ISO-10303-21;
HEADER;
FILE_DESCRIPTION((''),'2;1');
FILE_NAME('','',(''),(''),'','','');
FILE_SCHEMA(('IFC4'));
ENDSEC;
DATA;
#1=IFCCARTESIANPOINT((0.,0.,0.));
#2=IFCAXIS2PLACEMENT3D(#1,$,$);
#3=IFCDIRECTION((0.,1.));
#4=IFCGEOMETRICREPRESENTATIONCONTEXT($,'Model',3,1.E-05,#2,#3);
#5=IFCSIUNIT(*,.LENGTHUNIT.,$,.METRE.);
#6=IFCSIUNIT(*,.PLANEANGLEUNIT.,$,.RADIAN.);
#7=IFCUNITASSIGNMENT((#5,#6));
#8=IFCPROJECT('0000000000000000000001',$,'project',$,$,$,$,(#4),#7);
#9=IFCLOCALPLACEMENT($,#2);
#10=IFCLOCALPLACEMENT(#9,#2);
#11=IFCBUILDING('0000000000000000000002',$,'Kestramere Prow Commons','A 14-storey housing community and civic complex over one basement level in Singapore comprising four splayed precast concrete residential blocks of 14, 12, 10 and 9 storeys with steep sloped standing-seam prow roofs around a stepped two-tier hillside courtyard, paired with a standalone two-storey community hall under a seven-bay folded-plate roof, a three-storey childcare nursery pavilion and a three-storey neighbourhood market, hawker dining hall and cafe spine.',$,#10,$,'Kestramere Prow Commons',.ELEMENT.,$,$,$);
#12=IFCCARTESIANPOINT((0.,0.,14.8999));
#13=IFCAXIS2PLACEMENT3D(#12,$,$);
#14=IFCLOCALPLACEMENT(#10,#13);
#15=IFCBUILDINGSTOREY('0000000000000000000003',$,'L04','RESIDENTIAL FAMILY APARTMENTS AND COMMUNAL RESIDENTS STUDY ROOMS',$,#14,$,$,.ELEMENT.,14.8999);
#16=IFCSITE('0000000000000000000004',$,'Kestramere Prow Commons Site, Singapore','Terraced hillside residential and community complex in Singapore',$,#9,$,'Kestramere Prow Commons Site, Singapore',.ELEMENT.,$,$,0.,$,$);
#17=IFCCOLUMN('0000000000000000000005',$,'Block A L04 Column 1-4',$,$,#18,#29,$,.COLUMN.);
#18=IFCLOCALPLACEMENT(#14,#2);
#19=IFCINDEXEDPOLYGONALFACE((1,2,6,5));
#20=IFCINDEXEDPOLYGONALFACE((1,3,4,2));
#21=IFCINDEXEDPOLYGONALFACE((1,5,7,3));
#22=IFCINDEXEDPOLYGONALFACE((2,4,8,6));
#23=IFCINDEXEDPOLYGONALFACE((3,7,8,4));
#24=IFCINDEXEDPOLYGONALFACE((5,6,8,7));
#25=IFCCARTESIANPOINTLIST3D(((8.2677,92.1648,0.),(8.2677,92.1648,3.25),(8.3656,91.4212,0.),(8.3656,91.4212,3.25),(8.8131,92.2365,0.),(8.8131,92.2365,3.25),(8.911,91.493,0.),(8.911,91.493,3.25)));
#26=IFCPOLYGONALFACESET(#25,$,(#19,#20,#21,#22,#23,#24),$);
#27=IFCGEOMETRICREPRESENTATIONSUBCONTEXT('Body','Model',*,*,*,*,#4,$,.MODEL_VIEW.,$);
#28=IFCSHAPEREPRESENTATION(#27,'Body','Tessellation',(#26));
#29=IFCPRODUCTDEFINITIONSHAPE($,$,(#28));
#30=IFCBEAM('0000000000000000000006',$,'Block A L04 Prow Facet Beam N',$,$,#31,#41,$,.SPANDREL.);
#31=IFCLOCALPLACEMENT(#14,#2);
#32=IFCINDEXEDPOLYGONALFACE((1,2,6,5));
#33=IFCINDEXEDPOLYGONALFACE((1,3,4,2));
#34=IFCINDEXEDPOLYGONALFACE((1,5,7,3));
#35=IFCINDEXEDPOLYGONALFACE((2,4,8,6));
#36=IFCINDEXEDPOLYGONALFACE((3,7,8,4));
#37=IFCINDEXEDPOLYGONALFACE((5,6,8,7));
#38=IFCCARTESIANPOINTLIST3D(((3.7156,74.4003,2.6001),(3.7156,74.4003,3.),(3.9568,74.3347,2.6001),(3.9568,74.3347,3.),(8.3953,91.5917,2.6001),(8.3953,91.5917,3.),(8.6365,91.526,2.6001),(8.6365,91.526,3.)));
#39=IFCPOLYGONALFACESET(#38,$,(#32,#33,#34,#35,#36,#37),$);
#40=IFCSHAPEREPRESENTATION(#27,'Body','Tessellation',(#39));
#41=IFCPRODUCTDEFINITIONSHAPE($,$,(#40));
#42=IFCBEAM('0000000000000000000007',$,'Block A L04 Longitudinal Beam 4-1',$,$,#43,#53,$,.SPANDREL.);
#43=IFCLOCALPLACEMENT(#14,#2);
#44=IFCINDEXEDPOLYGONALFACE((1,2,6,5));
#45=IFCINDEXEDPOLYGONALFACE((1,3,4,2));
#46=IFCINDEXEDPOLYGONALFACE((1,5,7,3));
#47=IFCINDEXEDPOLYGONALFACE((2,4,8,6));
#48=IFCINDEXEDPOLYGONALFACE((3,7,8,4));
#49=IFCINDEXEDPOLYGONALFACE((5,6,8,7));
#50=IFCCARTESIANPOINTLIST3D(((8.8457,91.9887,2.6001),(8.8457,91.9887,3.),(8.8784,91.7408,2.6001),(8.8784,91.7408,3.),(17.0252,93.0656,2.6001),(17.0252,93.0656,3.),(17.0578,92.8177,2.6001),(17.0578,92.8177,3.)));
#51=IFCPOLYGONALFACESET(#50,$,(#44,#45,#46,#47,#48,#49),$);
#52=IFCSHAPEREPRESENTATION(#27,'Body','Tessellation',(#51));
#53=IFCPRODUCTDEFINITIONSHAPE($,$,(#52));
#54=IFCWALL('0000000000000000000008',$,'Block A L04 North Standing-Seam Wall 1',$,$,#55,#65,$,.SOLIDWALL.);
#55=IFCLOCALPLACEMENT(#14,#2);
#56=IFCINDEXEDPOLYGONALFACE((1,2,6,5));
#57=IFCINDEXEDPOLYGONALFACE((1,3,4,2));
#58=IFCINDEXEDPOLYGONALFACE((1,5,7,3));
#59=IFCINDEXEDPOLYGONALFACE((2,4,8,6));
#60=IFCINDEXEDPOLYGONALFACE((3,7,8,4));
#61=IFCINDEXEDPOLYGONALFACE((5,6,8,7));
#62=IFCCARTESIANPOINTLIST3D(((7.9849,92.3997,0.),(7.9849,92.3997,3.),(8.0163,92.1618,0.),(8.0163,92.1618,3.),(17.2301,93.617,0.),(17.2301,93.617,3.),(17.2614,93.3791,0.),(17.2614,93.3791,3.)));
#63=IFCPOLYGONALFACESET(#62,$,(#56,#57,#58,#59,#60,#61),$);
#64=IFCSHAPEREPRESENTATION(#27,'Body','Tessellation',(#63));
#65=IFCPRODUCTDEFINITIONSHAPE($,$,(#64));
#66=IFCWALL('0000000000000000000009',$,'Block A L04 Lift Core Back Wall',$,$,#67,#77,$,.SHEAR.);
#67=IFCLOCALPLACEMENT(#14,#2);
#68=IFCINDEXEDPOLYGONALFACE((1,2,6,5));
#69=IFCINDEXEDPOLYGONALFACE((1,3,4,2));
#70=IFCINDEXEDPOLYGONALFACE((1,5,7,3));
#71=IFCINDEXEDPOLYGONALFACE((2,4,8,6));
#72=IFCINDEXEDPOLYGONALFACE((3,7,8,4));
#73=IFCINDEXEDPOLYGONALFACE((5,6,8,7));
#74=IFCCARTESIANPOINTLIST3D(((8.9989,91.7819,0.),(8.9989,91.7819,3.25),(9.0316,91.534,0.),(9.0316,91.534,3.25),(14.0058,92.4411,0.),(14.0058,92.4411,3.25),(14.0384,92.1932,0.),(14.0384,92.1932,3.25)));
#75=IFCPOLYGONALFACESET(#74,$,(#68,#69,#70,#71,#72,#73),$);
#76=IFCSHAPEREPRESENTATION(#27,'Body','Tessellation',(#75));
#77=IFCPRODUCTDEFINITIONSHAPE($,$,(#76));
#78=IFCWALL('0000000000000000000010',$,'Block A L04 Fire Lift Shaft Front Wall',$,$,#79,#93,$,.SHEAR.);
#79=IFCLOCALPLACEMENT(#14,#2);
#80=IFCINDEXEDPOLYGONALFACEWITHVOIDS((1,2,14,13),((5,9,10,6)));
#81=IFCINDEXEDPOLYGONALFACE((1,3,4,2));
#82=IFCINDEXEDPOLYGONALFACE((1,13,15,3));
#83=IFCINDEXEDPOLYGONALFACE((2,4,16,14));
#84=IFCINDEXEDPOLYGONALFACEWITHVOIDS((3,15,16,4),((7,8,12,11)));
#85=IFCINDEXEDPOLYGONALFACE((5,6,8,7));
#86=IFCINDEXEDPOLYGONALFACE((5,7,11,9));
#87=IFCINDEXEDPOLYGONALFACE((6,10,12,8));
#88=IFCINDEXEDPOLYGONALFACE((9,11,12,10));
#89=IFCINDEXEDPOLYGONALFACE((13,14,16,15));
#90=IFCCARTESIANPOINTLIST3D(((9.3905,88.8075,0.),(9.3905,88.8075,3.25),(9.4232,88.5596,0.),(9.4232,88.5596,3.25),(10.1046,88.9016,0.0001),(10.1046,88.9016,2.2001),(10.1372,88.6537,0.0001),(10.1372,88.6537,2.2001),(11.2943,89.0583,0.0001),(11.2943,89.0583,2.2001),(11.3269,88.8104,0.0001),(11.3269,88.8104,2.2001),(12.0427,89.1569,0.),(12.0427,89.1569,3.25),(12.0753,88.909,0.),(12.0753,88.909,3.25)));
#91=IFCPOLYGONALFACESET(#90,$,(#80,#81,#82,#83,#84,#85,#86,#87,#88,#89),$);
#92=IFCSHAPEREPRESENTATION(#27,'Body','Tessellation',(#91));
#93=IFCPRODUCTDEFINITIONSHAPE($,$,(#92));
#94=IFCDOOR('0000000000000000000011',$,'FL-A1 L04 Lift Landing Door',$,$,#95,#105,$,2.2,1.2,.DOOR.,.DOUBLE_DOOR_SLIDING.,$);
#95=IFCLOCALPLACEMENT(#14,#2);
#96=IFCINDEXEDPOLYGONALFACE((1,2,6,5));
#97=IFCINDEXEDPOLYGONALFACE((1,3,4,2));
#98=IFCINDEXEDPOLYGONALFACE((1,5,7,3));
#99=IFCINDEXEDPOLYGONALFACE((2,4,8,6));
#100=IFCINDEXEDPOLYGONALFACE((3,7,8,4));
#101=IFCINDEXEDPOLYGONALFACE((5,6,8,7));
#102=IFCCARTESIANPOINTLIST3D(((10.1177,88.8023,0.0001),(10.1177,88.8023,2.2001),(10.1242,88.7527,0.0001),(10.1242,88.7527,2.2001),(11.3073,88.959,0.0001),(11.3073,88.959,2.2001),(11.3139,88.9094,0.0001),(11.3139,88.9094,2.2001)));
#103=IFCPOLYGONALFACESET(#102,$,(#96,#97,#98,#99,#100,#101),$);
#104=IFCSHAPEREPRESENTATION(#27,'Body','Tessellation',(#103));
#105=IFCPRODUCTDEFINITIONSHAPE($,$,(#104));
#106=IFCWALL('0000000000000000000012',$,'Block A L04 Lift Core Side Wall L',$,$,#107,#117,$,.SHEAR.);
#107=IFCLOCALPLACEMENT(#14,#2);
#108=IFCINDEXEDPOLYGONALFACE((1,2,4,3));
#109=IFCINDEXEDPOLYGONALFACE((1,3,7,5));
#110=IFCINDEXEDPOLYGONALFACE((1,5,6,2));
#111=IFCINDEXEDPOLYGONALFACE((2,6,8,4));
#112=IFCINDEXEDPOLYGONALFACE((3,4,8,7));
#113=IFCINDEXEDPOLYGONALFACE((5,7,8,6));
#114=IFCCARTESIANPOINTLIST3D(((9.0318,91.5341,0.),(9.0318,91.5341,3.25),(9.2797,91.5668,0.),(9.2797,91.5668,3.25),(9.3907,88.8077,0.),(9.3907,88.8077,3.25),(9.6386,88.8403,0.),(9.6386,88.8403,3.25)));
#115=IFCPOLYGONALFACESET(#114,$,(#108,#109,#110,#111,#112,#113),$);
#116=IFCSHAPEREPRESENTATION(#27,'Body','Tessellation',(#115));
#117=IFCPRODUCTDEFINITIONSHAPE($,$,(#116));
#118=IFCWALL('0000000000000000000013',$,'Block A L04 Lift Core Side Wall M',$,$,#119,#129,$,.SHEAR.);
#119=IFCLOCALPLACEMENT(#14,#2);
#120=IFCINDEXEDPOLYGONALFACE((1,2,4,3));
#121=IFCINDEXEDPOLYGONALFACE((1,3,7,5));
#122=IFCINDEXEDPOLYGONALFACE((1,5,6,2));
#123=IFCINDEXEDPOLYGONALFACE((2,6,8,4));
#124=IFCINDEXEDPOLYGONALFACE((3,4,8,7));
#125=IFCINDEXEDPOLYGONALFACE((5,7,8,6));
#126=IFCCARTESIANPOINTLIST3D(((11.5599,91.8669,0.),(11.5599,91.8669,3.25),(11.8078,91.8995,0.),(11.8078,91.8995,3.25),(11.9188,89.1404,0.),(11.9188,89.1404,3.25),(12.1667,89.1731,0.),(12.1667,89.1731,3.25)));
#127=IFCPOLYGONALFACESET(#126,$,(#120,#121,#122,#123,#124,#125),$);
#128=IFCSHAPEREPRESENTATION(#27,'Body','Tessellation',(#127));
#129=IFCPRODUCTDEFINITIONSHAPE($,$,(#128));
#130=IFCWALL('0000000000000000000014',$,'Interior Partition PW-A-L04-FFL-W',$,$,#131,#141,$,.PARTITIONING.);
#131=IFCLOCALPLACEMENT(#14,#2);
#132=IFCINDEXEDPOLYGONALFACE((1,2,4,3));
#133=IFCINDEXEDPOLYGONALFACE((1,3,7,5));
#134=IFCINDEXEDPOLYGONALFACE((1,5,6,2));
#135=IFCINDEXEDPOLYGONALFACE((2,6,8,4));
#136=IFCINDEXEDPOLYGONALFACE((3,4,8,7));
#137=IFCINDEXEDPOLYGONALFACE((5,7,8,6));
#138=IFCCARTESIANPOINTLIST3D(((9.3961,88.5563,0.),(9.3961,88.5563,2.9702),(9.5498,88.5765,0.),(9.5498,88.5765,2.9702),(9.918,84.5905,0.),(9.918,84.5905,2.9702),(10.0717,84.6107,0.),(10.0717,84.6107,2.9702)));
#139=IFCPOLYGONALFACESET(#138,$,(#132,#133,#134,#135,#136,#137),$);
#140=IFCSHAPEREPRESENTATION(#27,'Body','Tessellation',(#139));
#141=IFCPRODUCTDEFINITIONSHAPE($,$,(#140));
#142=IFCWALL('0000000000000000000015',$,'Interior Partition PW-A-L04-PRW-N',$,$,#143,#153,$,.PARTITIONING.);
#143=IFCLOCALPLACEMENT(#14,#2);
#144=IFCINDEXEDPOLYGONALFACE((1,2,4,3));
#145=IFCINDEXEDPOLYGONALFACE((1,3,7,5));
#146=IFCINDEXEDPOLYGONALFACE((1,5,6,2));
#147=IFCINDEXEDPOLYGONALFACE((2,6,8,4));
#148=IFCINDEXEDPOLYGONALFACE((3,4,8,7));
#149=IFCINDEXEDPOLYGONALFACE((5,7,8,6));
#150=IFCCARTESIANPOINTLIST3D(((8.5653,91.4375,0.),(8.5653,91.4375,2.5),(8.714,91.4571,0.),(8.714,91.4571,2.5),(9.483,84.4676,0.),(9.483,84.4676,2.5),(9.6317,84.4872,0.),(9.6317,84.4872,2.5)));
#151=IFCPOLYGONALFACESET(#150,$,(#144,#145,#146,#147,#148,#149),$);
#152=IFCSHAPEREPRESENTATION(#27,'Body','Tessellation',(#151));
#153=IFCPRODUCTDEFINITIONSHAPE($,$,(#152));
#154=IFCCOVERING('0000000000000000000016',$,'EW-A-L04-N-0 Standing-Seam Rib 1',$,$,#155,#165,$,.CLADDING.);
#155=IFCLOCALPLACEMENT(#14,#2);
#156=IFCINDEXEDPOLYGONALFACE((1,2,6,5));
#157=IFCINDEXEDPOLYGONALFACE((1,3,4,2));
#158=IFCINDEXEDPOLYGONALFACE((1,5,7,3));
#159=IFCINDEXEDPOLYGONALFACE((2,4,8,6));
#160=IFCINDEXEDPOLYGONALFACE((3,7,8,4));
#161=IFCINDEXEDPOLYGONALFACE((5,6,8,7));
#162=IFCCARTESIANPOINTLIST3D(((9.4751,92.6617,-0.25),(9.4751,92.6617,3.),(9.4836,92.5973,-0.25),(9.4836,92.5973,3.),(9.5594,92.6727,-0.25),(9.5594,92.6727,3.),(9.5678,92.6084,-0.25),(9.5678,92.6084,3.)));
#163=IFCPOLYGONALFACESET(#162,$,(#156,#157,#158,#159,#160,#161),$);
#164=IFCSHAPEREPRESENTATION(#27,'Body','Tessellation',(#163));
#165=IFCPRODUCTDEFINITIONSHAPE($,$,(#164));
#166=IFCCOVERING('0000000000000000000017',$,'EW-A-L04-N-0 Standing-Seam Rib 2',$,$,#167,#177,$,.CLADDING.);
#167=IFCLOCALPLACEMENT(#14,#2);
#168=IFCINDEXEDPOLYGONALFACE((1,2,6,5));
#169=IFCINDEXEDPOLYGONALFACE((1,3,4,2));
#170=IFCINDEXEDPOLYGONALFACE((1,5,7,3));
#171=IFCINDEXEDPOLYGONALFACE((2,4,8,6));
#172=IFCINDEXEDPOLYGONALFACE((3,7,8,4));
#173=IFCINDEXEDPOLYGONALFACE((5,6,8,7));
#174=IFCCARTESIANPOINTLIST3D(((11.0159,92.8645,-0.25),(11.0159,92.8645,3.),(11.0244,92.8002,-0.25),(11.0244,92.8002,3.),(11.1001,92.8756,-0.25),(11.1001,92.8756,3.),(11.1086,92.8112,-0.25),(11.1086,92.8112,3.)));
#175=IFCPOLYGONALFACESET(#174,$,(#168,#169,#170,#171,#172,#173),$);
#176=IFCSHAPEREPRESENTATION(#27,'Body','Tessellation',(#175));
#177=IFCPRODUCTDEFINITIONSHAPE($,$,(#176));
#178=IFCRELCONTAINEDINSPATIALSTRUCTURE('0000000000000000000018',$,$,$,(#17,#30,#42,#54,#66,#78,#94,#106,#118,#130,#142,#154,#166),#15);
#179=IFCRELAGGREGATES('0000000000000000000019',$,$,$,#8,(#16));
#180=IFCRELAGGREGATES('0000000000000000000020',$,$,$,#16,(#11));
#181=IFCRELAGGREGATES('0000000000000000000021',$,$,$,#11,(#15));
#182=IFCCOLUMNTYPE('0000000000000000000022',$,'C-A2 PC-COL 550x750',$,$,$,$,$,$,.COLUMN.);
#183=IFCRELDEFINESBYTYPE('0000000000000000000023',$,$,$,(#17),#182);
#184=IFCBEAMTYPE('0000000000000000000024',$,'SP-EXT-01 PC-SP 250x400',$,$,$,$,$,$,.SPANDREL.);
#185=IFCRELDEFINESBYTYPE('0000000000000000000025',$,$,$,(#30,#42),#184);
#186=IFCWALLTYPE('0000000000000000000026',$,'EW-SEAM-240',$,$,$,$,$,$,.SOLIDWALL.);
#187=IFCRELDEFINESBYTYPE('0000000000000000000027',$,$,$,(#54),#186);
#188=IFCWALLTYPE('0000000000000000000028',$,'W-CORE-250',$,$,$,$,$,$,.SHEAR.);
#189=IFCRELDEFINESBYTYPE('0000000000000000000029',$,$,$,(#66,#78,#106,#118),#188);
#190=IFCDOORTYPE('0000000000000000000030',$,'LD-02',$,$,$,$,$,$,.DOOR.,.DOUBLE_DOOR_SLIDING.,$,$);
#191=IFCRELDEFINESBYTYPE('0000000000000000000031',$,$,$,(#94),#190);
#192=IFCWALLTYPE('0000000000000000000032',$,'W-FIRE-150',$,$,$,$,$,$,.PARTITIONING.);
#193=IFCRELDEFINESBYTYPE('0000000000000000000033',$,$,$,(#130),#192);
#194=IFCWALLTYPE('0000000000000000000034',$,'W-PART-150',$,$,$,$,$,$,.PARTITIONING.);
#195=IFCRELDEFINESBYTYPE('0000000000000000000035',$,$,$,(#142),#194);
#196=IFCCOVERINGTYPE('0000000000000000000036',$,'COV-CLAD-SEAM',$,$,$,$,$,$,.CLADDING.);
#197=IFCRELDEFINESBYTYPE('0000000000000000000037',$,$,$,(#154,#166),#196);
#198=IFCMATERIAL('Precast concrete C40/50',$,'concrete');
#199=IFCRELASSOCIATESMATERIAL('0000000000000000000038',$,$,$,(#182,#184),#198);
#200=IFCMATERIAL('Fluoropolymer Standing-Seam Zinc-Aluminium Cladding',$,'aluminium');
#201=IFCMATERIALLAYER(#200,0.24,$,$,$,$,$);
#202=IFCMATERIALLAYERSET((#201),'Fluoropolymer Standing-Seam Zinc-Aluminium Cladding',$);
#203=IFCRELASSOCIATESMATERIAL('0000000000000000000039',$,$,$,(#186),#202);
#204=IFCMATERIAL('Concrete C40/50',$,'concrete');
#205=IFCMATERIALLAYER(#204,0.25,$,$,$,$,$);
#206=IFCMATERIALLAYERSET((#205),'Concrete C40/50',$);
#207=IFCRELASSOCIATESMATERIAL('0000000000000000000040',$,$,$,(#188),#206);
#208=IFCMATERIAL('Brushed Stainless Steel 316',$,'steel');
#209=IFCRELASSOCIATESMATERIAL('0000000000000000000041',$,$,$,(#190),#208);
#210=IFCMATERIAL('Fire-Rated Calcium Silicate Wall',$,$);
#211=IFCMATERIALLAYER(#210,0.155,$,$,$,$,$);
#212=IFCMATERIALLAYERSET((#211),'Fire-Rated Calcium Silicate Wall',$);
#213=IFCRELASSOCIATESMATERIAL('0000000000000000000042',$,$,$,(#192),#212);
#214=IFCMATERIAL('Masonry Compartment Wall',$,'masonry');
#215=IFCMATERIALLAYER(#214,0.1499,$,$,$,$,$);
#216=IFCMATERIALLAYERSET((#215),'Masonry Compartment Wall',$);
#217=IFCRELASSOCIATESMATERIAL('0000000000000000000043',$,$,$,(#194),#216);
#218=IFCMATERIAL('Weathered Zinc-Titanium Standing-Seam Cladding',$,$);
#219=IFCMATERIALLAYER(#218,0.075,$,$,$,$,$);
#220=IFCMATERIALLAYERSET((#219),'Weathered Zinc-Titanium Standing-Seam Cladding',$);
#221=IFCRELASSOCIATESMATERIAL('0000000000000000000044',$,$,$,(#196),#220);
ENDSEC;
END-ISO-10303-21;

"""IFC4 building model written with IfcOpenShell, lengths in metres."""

from ifc_helpers import new_model, si_unit, direction, frame, frame_2d, origin, origin_2d, place, context, subcontext, project, spatial, rectangle, extrude, material, layer, layer_set, material_profile, profile_set, type_object, element, fill, save


model = new_model("IFC4")

# Units and contexts
model_context = context("Model", 3, precision=1e-05, world=origin(), true_north=direction((0.0, 1.0)))
body_context = subcontext(model_context, "Body", "Model", "MODEL_VIEW")
ifc_project = project(units=[si_unit("LENGTHUNIT", "METRE"), si_unit("PLANEANGLEUNIT", "RADIAN")], contexts=[model_context])

# Site, building, storey
site_placement = place(None, origin())
site = spatial("IfcSite", under=ifc_project, at=site_placement, Name="Kestramere Prow Commons Site, Singapore", Description="Terraced hillside residential and community complex in Singapore", LongName="Kestramere Prow Commons Site, Singapore", CompositionType="ELEMENT", RefElevation=0.0)
building_placement = place(site_placement, origin())
building = spatial("IfcBuilding", under=site, at=building_placement, Name="Kestramere Prow Commons", Description="A 14-storey housing community and civic complex over one basement level in Singapore comprising four splayed precast concrete residential blocks of 14, 12, 10 and 9 storeys with steep sloped standing-seam prow roofs around a stepped two-tier hillside courtyard, paired with a standalone two-storey community hall under a seven-bay folded-plate roof, a three-storey childcare nursery pavilion and a three-storey neighbourhood market, hawker dining hall and cafe spine.", LongName="Kestramere Prow Commons", CompositionType="ELEMENT")
storey_placement = place(building_placement, frame((0.0, 0.0, 14.8999)))
storey = spatial("IfcBuildingStorey", under=building, at=storey_placement, Name="L04", Description="RESIDENTIAL FAMILY APARTMENTS AND COMMUNAL RESIDENTS STUDY ROOMS", CompositionType="ELEMENT", Elevation=14.8999)

# Column
ifc_material_1 = material(Name="Precast concrete C40/50", Category="concrete")
ifc_material_profile_1 = material_profile(ifc_material_1, rectangle(XDim=0.55, YDim=0.75, at=origin_2d()), Name="PC-COL 550x750")
ifc_profile_set_1 = profile_set([ifc_material_profile_1], Name="Precast concrete C40/50")
column_type = type_object("IfcColumnType", Name="C-A2 PC-COL 550x750", PredefinedType="COLUMN", material=ifc_profile_set_1)
column_placement = place(storey_placement, frame((8.5894, 91.8289, 0.0), z_axis=(0.0, 0.0, 1.0), x_axis=(0.991445, 0.130526, 0.0)))
element("IfcColumn", 1, at=column_placement, inside=storey, type_object=column_type, Name="Block A L04 Column 1-4", PredefinedType="COLUMN", context=body_context, shape_type="SweptSolid", body=[
    extrude(rectangle(XDim=0.55, YDim=0.75, at=origin_2d()), origin(), (0.0, 0.0, 1.0), 3.25),
])

# Beams
ifc_material_profile_2 = material_profile(ifc_material_1, rectangle(XDim=0.25, YDim=0.3999, at=origin_2d()), Name="PC-SP 250x400")
ifc_profile_set_2 = profile_set([ifc_material_profile_2], Name="Precast concrete C40/50")
beam_type = type_object("IfcBeamType", Name="SP-EXT-01 PC-SP 250x400", PredefinedType="SPANDREL", material=ifc_profile_set_2)
beam_1_placement = place(storey_placement, frame((8.5159, 91.5588, 2.8), z_axis=(-0.262654, -0.96489, 0.0), x_axis=(0.96489, -0.262654, 0.0)))
element("IfcBeam", 2, at=beam_1_placement, inside=storey, type_object=beam_type, Name="Block A L04 Prow Facet Beam N", PredefinedType="SPANDREL", context=body_context, shape_type="SweptSolid", body=[
    extrude(rectangle(XDim=0.25, YDim=0.3999, at=origin_2d()), origin(), (0.0, 0.0, 1.0), 17.8169),
])
beam_2_placement = place(storey_placement, frame((8.8621, 91.8647, 2.8), z_axis=(0.991444, 0.130533, 0.0), x_axis=(-0.130533, 0.991444, 0.0)))
element("IfcBeam", 3, at=beam_2_placement, inside=storey, type_object=beam_type, Name="Block A L04 Longitudinal Beam 4-1", PredefinedType="SPANDREL", context=body_context, shape_type="SweptSolid", body=[
    extrude(rectangle(XDim=0.25, YDim=0.3999, at=origin_2d()), origin(), (0.0, 0.0, 1.0), 8.25),
])

# Walls
ifc_material_2 = material(Name="Fluoropolymer Standing-Seam Zinc-Aluminium Cladding", Category="aluminium")
ifc_layer_1 = layer(ifc_material_2, 0.24)
ifc_layer_set_1 = layer_set([ifc_layer_1], Name="Fluoropolymer Standing-Seam Zinc-Aluminium Cladding")
wall_type_1 = type_object("IfcWallType", Name="EW-SEAM-240", PredefinedType="SOLIDWALL", material=ifc_layer_set_1)
wall_1_placement = place(storey_placement, frame((8.0005, 92.2808, 0.0), z_axis=(0.0, 0.0, 1.0), x_axis=(0.991443, 0.130541, 0.0)))
element("IfcWall", 4, at=wall_1_placement, inside=storey, type_object=wall_type_1, Name="Block A L04 North Standing-Seam Wall 1", PredefinedType="SOLIDWALL", context=body_context, shape_type="SweptSolid", body=[
    extrude(rectangle(XDim=9.325, YDim=0.24, at=frame_2d((4.6626, 0.0))), origin(), (0.0, 0.0, 1.0), 3.0),
])
ifc_material_3 = material(Name="Concrete C40/50", Category="concrete")
ifc_layer_2 = layer(ifc_material_3, 0.25)
ifc_layer_set_2 = layer_set([ifc_layer_2], Name="Concrete C40/50")
wall_type_2 = type_object("IfcWallType", Name="W-CORE-250", PredefinedType="SHEAR", material=ifc_layer_set_2)
wall_2_placement = place(storey_placement, frame((9.0154, 91.658, 0.0), z_axis=(0.0, 0.0, 1.0), x_axis=(0.991444, 0.13053, 0.0)))
element("IfcWall", 5, at=wall_2_placement, inside=storey, type_object=wall_type_2, Name="Block A L04 Lift Core Back Wall", PredefinedType="SHEAR", context=body_context, shape_type="SweptSolid", body=[
    extrude(rectangle(XDim=5.05, YDim=0.25, at=frame_2d((2.5249, 0.0))), origin(), (0.0, 0.0, 1.0), 3.25),
])

# Wall, opening, door
wall_3_placement = place(storey_placement, frame((9.407, 88.6836, 0.0), z_axis=(0.0, 0.0, 1.0), x_axis=(0.991435, 0.130603, 0.0)))
wall_3 = element("IfcWall", 6, at=wall_3_placement, inside=storey, type_object=wall_type_2, Name="Block A L04 Fire Lift Shaft Front Wall", PredefinedType="SHEAR", context=body_context, shape_type="SweptSolid", body=[
    extrude(rectangle(XDim=2.675, YDim=0.25, at=frame_2d((1.3374, 0.0))), origin(), (0.0, 0.0, 1.0), 3.25),
])
opening_1_placement = place(wall_3_placement, frame((0.72, 0.0, 0.0)))
opening_1 = element("IfcOpeningElement", 7, at=opening_1_placement, cuts=wall_3, PredefinedType="OPENING", context=body_context, shape_type="SweptSolid", body=[
    extrude(rectangle(XDim=1.2, YDim=2.2, at=frame_2d((0.6001, 1.1001))), frame((0.0, 0.1399, 0.0), z_axis=(0.0, -1.0, 0.0), x_axis=(1.0, 0.0, 0.0)), (0.0, 0.0, 1.0), 0.28),
])
ifc_material_4 = material(Name="Brushed Stainless Steel 316", Category="steel")
door_type_1 = type_object("IfcDoorType", Name="LD-02", OperationType="DOUBLE_DOOR_SLIDING", PredefinedType="DOOR", material=ifc_material_4)
door_1_placement = place(opening_1_placement, origin())
door_1 = element("IfcDoor", 8, at=door_1_placement, inside=storey, type_object=door_type_1, Name="FL-A1 L04 Lift Landing Door", OperationType="DOUBLE_DOOR_SLIDING", OverallHeight=2.2, OverallWidth=1.2, PredefinedType="DOOR", context=body_context, shape_type="SweptSolid", body=[
    extrude(rectangle(XDim=1.2, YDim=2.2, at=frame_2d((0.6001, 1.1001))), frame((0.0, 0.0249, 0.0), z_axis=(0.0, -1.0, 0.0), x_axis=(1.0, 0.0, 0.0)), (0.0, 0.0, 1.0), 0.05),
])
fill(opening_1, door_1)

# Walls
for number, where, z_axis, x_axis, name in (
    (9, (9.5146, 88.824, 0.0), (0.0, 0.0, 1.0), (-0.1305, 0.991448, 0.0), "Block A L04 Lift Core Side Wall L"),
    (10, (12.0427, 89.1567, 0.0), (0.0, 0.0, 1.0), (-0.1305, 0.991448, 0.0), "Block A L04 Lift Core Side Wall M"),
):
    element("IfcWall", number, at=place(storey_placement, frame(where, z_axis=z_axis, x_axis=x_axis)), inside=storey, type_object=wall_type_2, Name=name, PredefinedType="SHEAR", context=body_context, shape_type="SweptSolid", body=[
        extrude(rectangle(XDim=2.75, YDim=0.25, at=frame_2d((1.375, 0.0))), origin(), (0.0, 0.0, 1.0), 3.25),
    ])

# Shared definitions
ifc_material_5 = material(Name="Fire-Rated Calcium Silicate Wall")
ifc_layer_3 = layer(ifc_material_5, 0.155)
ifc_layer_set_3 = layer_set([ifc_layer_3], Name="Fire-Rated Calcium Silicate Wall")
wall_type_3 = type_object("IfcWallType", Name="W-FIRE-150", PredefinedType="PARTITIONING", material=ifc_layer_set_3)

# Walls
wall_4_placement = place(storey_placement, frame((9.9949, 84.6006, 0.0), z_axis=(0.0, 0.0, 1.0), x_axis=(-0.130492, 0.991449, 0.0)))
element("IfcWall", 11, at=wall_4_placement, inside=storey, type_object=wall_type_3, Name="Interior Partition PW-A-L04-FFL-W", PredefinedType="PARTITIONING", context=body_context, shape_type="SweptSolid", body=[
    extrude(rectangle(XDim=4.0, YDim=0.155, at=frame_2d((2.0, 0.0))), origin(), (0.0, 0.0, 1.0), 2.9702),
])
ifc_material_6 = material(Name="Masonry Compartment Wall", Category="masonry")
ifc_layer_4 = layer(ifc_material_6, 0.1499)
ifc_layer_set_4 = layer_set([ifc_layer_4], Name="Masonry Compartment Wall")
wall_type_4 = type_object("IfcWallType", Name="W-PART-150", PredefinedType="PARTITIONING", material=ifc_layer_set_4)
wall_5_placement = place(storey_placement, frame((9.5574, 84.4773, 0.0), z_axis=(0.0, 0.0, 1.0), x_axis=(-0.130542, 0.991443, 0.0)))
element("IfcWall", 12, at=wall_5_placement, inside=storey, type_object=wall_type_4, Name="Interior Partition PW-A-L04-PRW-N", PredefinedType="PARTITIONING", context=body_context, shape_type="SweptSolid", body=[
    extrude(rectangle(XDim=7.03, YDim=0.1499, at=frame_2d((3.5151, 0.0))), origin(), (0.0, 0.0, 1.0), 2.5),
])

# Coverings
ifc_material_7 = material(Name="Weathered Zinc-Titanium Standing-Seam Cladding")
ifc_layer_5 = layer(ifc_material_7, 0.075)
ifc_layer_set_5 = layer_set([ifc_layer_5], Name="Weathered Zinc-Titanium Standing-Seam Cladding")
covering_type = type_object("IfcCoveringType", Name="COV-CLAD-SEAM", PredefinedType="CLADDING", material=ifc_layer_set_5)
for number, where, z_axis, x_axis, name in (
    (13, (9.5215, 92.635, -0.25), (0.0, 0.0, 1.0), (0.991445, 0.130526, 0.0), "EW-A-L04-N-0 Standing-Seam Rib 1"),
    (14, (11.0623, 92.8379, -0.25), (0.0, 0.0, 1.0), (0.991445, 0.130526, 0.0), "EW-A-L04-N-0 Standing-Seam Rib 2"),
):
    element("IfcCovering", number, at=place(storey_placement, frame(where, z_axis=z_axis, x_axis=x_axis)), inside=storey, type_object=covering_type, Name=name, PredefinedType="CLADDING", context=body_context, shape_type="SweptSolid", body=[
        extrude(rectangle(XDim=0.085, YDim=0.0649, at=origin_2d()), origin(), (0.0, 0.0, 1.0), 3.25),
    ])

save(model, "model.ifc")
